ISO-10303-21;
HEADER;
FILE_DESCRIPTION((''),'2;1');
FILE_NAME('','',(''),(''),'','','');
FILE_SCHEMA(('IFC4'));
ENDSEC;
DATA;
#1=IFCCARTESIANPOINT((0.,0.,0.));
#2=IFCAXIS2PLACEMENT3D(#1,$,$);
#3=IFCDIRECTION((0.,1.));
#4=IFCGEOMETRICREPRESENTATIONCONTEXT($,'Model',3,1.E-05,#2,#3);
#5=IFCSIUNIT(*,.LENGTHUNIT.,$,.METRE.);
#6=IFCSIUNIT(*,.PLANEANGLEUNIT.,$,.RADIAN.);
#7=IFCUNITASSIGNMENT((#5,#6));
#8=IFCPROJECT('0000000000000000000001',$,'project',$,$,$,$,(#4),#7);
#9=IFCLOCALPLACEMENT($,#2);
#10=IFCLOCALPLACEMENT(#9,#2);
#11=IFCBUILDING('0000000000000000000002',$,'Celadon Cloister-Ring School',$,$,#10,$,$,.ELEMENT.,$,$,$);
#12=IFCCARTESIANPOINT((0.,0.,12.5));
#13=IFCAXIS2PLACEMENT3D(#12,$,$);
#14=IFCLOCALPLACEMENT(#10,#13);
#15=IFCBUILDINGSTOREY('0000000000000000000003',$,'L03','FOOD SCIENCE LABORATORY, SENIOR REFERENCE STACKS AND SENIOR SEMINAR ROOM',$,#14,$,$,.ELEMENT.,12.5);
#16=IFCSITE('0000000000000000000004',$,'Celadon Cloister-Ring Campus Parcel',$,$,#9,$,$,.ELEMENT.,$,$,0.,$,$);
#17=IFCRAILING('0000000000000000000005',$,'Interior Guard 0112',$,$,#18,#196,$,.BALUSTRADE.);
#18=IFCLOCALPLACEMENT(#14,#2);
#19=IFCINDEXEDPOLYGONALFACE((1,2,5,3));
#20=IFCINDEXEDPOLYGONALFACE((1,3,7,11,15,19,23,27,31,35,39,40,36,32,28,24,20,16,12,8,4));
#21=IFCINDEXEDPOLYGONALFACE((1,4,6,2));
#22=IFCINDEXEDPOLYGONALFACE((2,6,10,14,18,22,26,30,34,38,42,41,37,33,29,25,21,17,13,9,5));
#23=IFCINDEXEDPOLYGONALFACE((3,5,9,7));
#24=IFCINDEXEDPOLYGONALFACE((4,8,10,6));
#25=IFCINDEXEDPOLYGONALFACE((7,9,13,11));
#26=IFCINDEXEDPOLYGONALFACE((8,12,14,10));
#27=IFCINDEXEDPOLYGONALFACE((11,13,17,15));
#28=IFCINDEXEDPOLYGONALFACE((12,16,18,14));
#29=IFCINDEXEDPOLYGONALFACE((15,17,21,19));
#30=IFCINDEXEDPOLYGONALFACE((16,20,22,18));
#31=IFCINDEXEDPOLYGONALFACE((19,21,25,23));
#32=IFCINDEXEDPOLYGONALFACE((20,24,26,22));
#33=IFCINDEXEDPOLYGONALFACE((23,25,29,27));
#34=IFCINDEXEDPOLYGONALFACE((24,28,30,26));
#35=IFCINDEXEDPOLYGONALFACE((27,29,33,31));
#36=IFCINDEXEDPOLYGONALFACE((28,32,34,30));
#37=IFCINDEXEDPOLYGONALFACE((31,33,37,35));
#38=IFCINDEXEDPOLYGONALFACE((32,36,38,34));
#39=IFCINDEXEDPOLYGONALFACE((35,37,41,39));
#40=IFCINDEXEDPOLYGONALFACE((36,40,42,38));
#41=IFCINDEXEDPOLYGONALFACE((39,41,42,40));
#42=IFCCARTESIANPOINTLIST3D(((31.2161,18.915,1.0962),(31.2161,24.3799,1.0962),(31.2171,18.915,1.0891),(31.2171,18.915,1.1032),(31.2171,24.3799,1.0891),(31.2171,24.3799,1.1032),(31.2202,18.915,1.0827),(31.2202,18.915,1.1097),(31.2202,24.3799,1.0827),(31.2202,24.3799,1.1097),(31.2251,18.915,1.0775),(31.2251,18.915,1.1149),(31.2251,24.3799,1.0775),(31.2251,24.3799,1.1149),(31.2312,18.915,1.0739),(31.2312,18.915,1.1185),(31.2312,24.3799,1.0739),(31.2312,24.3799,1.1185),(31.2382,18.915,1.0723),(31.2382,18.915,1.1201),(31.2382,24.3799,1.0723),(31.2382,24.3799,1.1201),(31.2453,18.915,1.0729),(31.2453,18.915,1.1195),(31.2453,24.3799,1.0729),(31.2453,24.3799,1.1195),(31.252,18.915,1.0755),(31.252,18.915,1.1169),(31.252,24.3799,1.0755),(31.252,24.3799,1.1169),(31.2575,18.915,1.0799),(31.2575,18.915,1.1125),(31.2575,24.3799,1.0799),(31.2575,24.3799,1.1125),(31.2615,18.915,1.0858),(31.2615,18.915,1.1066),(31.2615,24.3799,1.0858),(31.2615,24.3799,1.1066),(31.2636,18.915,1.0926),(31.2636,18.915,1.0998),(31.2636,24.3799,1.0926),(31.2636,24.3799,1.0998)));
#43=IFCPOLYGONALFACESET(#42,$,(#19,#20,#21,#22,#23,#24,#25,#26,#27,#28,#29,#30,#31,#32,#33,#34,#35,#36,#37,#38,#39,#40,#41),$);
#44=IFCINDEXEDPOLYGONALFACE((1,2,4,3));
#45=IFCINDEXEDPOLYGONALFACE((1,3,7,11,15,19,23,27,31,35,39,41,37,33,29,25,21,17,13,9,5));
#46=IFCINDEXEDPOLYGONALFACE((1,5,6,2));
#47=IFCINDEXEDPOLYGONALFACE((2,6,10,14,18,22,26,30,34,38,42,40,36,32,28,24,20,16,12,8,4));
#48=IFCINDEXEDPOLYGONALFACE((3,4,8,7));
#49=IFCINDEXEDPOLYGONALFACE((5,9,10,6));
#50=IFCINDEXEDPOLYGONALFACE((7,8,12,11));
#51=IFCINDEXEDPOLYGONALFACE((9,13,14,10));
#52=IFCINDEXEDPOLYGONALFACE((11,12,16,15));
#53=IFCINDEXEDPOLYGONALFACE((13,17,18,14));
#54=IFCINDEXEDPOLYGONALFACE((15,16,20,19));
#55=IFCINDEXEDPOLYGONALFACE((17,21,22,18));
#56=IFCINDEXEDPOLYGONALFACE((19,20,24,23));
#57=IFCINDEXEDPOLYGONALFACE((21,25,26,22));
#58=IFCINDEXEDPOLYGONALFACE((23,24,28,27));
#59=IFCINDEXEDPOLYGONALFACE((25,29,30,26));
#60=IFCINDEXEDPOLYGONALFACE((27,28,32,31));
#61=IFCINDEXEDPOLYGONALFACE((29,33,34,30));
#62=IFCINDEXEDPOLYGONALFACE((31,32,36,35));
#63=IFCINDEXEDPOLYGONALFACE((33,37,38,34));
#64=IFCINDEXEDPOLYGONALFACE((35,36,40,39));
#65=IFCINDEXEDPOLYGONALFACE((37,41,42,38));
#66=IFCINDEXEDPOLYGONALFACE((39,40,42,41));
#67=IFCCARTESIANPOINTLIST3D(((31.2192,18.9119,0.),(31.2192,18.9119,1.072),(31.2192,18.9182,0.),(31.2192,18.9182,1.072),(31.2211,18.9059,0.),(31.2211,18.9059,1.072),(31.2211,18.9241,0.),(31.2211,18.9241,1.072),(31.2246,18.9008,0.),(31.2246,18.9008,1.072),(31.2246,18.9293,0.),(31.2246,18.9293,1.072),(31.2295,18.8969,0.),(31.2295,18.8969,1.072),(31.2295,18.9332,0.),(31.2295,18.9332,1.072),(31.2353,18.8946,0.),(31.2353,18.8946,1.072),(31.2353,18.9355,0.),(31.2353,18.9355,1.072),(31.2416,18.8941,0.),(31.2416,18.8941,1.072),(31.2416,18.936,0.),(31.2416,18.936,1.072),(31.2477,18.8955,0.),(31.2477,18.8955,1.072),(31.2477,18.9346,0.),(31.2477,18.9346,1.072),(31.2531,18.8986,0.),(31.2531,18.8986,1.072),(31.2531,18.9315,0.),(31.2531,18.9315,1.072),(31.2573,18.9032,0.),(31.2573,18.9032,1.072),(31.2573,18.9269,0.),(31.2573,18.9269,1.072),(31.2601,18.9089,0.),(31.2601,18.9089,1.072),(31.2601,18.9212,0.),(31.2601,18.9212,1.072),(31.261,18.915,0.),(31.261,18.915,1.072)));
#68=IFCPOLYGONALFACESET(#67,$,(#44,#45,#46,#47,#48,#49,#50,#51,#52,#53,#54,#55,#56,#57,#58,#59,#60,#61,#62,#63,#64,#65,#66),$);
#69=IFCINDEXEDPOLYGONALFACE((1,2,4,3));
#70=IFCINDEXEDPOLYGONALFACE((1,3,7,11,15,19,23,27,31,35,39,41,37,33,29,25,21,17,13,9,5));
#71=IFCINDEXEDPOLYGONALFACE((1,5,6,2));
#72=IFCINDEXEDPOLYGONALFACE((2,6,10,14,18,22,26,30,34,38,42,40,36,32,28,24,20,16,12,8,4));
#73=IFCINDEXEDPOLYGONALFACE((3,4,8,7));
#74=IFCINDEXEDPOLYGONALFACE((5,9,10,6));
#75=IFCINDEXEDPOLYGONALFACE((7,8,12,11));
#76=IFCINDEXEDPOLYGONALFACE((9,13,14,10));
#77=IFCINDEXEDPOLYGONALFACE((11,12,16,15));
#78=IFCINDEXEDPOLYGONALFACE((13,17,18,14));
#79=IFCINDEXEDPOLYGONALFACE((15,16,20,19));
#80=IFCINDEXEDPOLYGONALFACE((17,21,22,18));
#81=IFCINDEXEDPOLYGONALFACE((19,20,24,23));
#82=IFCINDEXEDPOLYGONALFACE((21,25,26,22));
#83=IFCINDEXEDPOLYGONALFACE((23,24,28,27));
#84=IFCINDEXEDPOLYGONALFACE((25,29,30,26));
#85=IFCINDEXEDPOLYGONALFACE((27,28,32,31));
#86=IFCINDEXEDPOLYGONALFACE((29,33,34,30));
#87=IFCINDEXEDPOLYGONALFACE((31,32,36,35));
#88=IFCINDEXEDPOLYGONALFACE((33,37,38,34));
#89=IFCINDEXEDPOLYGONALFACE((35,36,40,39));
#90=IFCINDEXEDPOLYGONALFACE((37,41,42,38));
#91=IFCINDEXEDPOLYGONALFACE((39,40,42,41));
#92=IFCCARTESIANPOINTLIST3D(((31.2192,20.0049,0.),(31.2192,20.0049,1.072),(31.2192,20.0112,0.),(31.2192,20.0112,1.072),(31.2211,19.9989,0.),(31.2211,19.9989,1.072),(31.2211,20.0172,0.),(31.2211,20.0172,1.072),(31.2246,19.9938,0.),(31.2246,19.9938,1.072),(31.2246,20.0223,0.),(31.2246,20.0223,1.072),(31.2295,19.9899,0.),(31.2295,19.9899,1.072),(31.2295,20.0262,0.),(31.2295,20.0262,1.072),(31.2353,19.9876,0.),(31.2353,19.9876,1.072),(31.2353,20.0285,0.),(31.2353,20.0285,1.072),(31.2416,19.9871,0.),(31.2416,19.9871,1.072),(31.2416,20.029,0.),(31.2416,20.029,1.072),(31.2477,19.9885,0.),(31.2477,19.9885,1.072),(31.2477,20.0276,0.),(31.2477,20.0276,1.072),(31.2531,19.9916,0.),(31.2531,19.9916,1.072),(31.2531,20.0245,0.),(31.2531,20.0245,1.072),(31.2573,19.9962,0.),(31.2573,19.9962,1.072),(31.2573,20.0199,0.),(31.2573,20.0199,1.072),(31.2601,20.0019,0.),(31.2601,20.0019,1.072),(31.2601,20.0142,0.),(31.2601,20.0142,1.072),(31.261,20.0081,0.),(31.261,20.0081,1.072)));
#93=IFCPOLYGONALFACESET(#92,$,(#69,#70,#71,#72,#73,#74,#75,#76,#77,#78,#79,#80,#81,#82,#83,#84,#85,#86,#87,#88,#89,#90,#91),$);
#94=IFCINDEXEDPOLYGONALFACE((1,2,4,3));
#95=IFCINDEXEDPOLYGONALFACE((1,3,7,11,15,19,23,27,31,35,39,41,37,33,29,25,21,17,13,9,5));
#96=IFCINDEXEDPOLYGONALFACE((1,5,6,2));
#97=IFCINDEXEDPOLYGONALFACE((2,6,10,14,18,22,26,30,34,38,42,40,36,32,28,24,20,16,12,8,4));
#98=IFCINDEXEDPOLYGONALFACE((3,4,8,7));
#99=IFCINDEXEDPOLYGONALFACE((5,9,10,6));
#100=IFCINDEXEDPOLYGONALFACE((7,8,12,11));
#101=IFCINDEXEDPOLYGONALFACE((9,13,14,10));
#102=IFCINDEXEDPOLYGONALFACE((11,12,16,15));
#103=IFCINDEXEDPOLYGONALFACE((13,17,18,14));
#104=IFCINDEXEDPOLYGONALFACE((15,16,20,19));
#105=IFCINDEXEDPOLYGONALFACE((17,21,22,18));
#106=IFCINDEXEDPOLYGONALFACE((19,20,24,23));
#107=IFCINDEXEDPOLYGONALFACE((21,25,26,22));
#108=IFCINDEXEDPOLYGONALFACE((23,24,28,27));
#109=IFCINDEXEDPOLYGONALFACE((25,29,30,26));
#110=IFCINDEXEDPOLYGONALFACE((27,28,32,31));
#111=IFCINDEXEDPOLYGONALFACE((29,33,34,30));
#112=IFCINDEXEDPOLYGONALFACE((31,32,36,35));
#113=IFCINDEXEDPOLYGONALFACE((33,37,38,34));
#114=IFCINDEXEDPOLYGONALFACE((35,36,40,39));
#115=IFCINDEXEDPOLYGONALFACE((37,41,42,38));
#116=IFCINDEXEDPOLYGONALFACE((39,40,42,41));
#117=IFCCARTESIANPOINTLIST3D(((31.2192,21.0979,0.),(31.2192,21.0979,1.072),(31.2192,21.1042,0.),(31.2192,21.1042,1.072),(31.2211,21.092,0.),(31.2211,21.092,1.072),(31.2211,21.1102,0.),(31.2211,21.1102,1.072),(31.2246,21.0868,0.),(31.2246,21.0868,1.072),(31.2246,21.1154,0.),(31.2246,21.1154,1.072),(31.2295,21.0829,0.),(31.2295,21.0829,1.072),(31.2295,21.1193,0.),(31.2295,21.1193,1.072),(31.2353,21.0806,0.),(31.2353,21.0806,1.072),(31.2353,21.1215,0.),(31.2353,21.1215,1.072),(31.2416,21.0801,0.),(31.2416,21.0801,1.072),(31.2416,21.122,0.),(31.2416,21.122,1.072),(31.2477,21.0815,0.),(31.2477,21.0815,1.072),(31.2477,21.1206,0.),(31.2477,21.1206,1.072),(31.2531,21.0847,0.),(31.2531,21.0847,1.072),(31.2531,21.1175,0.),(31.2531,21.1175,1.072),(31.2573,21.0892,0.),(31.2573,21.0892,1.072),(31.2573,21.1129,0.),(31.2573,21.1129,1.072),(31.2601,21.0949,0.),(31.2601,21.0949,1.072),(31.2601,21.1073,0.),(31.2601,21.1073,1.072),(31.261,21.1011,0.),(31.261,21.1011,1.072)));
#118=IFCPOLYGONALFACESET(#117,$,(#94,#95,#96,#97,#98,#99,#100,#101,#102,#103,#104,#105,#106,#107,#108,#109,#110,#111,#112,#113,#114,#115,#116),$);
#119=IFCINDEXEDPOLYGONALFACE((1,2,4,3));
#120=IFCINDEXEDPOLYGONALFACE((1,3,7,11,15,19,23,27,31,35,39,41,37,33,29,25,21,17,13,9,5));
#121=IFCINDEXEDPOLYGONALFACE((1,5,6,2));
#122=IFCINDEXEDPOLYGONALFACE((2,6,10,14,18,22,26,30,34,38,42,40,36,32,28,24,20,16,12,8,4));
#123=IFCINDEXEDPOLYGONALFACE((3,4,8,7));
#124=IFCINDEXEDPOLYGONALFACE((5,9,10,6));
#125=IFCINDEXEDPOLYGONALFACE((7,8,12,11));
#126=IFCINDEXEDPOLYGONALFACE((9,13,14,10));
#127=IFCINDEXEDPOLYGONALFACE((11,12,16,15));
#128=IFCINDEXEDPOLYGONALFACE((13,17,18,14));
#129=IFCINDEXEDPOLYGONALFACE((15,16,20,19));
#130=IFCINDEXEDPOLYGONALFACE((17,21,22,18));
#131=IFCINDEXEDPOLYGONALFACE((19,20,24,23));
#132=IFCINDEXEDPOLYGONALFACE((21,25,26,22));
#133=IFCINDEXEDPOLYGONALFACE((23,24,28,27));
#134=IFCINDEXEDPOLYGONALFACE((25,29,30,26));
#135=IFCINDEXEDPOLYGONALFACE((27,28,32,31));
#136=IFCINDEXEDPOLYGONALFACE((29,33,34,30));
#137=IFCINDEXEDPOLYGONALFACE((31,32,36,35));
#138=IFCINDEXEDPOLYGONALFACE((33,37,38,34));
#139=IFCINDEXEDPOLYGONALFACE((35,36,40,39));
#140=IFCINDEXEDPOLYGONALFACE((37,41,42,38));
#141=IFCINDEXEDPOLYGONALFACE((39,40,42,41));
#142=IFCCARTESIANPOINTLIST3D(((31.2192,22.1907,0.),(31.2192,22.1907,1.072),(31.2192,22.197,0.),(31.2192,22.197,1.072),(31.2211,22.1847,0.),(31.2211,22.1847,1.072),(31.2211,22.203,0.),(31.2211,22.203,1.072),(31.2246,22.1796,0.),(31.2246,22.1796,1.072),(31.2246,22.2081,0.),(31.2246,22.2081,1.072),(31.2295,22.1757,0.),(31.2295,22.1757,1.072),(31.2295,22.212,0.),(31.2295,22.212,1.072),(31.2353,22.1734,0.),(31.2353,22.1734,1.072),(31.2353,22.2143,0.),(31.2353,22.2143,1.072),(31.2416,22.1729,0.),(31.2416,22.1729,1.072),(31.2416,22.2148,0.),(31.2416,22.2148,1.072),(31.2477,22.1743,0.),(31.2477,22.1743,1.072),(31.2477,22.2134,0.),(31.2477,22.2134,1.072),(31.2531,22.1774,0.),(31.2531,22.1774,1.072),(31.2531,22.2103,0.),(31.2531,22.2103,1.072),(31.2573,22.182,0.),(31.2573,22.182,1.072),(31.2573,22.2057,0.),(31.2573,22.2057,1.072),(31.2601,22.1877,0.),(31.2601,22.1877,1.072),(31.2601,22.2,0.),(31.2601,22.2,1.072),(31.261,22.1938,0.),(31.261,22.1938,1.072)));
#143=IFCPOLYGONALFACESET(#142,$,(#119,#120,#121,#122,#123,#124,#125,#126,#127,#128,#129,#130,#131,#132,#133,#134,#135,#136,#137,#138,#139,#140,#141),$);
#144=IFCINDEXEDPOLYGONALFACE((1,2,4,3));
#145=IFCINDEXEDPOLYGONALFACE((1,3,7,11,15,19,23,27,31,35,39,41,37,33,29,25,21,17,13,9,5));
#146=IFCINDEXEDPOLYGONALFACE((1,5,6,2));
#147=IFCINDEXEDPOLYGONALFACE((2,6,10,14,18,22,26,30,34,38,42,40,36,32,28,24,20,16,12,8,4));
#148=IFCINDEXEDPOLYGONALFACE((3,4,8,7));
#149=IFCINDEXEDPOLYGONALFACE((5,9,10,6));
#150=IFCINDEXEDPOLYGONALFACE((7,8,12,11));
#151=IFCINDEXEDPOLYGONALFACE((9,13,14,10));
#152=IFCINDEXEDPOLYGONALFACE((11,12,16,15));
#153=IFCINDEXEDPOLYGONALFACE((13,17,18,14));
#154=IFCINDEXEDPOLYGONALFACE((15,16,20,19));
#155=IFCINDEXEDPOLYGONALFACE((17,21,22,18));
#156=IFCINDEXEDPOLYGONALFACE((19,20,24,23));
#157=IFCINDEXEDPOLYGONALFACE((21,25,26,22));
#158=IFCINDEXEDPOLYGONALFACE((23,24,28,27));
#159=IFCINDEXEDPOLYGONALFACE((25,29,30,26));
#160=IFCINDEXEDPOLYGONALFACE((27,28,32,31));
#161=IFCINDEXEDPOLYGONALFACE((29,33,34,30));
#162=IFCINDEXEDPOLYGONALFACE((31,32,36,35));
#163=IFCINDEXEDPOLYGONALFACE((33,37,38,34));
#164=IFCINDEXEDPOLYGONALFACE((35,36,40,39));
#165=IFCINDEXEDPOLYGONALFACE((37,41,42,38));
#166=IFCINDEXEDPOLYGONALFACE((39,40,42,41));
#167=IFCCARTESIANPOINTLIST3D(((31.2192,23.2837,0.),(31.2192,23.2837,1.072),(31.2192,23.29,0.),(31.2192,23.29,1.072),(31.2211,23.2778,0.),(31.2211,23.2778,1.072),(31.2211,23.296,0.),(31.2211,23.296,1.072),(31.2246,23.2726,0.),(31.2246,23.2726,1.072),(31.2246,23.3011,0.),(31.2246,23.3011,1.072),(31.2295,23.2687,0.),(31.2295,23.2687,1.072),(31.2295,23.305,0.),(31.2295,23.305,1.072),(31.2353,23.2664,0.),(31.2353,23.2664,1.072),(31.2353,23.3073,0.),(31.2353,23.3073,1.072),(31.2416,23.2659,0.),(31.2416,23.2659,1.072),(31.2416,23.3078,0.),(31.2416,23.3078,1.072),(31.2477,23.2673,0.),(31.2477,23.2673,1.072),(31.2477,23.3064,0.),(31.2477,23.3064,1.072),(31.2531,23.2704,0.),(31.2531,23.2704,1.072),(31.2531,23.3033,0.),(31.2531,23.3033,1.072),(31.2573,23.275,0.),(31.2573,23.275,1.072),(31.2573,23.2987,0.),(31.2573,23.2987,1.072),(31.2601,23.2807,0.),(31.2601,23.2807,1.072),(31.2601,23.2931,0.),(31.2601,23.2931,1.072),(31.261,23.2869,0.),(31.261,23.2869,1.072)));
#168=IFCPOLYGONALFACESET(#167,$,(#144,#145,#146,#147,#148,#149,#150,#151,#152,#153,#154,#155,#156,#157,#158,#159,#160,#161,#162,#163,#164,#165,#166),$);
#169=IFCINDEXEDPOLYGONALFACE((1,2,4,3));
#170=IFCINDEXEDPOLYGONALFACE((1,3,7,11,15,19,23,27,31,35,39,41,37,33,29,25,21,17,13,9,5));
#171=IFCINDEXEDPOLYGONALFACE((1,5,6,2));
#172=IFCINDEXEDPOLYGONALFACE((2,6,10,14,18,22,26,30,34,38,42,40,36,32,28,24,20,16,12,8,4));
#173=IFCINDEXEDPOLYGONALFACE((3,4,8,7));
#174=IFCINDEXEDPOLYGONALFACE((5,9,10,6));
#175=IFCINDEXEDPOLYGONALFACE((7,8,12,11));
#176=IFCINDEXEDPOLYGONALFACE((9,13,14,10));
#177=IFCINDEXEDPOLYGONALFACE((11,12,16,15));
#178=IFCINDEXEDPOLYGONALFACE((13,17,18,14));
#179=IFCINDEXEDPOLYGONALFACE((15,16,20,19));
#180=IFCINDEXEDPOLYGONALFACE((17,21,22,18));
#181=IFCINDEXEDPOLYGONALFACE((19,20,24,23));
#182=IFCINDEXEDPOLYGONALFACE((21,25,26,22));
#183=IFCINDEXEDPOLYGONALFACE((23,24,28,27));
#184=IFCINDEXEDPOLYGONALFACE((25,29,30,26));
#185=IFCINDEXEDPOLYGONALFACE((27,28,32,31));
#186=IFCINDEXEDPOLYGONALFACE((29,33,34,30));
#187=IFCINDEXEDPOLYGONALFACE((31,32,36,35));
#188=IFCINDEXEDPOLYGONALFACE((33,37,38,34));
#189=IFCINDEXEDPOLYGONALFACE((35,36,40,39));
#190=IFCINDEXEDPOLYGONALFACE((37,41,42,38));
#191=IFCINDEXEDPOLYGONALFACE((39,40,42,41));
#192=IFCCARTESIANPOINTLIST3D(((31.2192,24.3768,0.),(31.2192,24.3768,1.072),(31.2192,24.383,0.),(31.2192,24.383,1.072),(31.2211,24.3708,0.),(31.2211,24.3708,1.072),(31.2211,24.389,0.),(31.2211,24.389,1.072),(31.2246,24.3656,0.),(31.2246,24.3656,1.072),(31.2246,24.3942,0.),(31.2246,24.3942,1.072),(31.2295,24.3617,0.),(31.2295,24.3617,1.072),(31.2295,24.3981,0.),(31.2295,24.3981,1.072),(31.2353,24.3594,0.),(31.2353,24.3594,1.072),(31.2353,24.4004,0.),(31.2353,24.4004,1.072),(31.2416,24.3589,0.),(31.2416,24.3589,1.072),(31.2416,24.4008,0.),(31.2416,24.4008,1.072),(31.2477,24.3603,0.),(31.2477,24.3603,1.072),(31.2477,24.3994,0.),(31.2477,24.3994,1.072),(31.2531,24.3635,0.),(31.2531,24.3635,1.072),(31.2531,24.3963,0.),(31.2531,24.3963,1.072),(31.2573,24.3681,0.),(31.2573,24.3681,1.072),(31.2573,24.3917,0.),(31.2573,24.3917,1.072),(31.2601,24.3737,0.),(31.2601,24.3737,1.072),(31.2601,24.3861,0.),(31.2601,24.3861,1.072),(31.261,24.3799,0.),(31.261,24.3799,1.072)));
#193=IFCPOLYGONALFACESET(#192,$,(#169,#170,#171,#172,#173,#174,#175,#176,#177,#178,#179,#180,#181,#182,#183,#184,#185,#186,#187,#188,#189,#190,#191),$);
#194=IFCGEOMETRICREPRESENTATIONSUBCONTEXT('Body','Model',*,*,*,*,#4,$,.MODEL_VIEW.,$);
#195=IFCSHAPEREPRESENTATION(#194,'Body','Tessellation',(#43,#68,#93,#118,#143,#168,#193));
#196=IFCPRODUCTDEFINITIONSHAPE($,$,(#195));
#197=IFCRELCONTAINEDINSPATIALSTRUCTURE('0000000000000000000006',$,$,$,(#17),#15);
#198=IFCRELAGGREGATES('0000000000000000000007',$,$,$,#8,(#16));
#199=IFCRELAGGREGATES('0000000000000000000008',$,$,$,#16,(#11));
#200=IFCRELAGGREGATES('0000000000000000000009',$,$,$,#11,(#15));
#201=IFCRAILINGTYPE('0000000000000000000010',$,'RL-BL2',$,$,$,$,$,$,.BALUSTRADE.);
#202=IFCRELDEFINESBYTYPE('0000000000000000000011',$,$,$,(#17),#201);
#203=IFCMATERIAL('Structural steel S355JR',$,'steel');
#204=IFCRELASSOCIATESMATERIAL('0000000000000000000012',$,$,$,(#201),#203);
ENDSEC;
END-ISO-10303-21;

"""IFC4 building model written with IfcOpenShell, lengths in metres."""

from ifc_helpers import new_model, si_unit, direction, frame, origin, origin_2d, place, context, subcontext, project, spatial, circle, extrude, material, type_object, element, save


model = new_model("IFC4")

# Units and contexts
model_context = context("Model", 3, precision=1e-05, world=origin(), true_north=direction((0.0, 1.0)))
body_context = subcontext(model_context, "Body", "Model", "MODEL_VIEW")
ifc_project = project(units=[si_unit("LENGTHUNIT", "METRE"), si_unit("PLANEANGLEUNIT", "RADIAN")], contexts=[model_context])

# Site, building, storey
site_placement = place(None, origin())
site = spatial("IfcSite", under=ifc_project, at=site_placement, Name="Celadon Cloister-Ring Campus Parcel", CompositionType="ELEMENT", RefElevation=0.0)
building_placement = place(site_placement, origin())
building = spatial("IfcBuilding", under=site, at=building_placement, Name="Celadon Cloister-Ring School", CompositionType="ELEMENT")
storey_placement = place(building_placement, frame((0.0, 0.0, 12.5)))
storey = spatial("IfcBuildingStorey", under=building, at=storey_placement, Name="L03", Description="FOOD SCIENCE LABORATORY, SENIOR REFERENCE STACKS AND SENIOR SEMINAR ROOM", CompositionType="ELEMENT", Elevation=12.5)

# Railing
ifc_material_1 = material(Name="Structural steel S355JR", Category="steel")
railing_type_1 = type_object("IfcRailingType", Name="RL-BL2", PredefinedType="BALUSTRADE", material=ifc_material_1)
railing_1_placement = place(storey_placement, frame((31.24, 18.915, 0.0)))
element("IfcRailing", 1, at=railing_1_placement, inside=storey, type_object=railing_type_1, Name="Interior Guard 0112", PredefinedType="BALUSTRADE", context=body_context, shape_type="SweptSolid", body=[
    extrude(circle(Radius=0.0239, at=origin_2d()), frame((0.0, 0.0, 1.0962), z_axis=(0.0, 1.0, 0.0), x_axis=(-1.0, 0.0, 0.0)), (0.0, 0.0, 1.0), 5.4648),
    extrude(circle(Radius=0.021, at=origin_2d()), origin(), (0.0, 0.0, 1.0), 1.072),
    extrude(circle(Radius=0.021, at=origin_2d()), frame((0.0, 1.093, 0.0)), (0.0, 0.0, 1.0), 1.072),
    extrude(circle(Radius=0.021, at=origin_2d()), frame((0.0, 2.186, 0.0)), (0.0, 0.0, 1.0), 1.072),
    extrude(circle(Radius=0.021, at=origin_2d()), frame((0.0, 3.2788, 0.0)), (0.0, 0.0, 1.0), 1.072),
    extrude(circle(Radius=0.021, at=origin_2d()), frame((0.0, 4.3718, 0.0)), (0.0, 0.0, 1.0), 1.072),
    extrude(circle(Radius=0.021, at=origin_2d()), frame((0.0, 5.4648, 0.0)), (0.0, 0.0, 1.0), 1.072),
])

save(model, "model.ifc")
